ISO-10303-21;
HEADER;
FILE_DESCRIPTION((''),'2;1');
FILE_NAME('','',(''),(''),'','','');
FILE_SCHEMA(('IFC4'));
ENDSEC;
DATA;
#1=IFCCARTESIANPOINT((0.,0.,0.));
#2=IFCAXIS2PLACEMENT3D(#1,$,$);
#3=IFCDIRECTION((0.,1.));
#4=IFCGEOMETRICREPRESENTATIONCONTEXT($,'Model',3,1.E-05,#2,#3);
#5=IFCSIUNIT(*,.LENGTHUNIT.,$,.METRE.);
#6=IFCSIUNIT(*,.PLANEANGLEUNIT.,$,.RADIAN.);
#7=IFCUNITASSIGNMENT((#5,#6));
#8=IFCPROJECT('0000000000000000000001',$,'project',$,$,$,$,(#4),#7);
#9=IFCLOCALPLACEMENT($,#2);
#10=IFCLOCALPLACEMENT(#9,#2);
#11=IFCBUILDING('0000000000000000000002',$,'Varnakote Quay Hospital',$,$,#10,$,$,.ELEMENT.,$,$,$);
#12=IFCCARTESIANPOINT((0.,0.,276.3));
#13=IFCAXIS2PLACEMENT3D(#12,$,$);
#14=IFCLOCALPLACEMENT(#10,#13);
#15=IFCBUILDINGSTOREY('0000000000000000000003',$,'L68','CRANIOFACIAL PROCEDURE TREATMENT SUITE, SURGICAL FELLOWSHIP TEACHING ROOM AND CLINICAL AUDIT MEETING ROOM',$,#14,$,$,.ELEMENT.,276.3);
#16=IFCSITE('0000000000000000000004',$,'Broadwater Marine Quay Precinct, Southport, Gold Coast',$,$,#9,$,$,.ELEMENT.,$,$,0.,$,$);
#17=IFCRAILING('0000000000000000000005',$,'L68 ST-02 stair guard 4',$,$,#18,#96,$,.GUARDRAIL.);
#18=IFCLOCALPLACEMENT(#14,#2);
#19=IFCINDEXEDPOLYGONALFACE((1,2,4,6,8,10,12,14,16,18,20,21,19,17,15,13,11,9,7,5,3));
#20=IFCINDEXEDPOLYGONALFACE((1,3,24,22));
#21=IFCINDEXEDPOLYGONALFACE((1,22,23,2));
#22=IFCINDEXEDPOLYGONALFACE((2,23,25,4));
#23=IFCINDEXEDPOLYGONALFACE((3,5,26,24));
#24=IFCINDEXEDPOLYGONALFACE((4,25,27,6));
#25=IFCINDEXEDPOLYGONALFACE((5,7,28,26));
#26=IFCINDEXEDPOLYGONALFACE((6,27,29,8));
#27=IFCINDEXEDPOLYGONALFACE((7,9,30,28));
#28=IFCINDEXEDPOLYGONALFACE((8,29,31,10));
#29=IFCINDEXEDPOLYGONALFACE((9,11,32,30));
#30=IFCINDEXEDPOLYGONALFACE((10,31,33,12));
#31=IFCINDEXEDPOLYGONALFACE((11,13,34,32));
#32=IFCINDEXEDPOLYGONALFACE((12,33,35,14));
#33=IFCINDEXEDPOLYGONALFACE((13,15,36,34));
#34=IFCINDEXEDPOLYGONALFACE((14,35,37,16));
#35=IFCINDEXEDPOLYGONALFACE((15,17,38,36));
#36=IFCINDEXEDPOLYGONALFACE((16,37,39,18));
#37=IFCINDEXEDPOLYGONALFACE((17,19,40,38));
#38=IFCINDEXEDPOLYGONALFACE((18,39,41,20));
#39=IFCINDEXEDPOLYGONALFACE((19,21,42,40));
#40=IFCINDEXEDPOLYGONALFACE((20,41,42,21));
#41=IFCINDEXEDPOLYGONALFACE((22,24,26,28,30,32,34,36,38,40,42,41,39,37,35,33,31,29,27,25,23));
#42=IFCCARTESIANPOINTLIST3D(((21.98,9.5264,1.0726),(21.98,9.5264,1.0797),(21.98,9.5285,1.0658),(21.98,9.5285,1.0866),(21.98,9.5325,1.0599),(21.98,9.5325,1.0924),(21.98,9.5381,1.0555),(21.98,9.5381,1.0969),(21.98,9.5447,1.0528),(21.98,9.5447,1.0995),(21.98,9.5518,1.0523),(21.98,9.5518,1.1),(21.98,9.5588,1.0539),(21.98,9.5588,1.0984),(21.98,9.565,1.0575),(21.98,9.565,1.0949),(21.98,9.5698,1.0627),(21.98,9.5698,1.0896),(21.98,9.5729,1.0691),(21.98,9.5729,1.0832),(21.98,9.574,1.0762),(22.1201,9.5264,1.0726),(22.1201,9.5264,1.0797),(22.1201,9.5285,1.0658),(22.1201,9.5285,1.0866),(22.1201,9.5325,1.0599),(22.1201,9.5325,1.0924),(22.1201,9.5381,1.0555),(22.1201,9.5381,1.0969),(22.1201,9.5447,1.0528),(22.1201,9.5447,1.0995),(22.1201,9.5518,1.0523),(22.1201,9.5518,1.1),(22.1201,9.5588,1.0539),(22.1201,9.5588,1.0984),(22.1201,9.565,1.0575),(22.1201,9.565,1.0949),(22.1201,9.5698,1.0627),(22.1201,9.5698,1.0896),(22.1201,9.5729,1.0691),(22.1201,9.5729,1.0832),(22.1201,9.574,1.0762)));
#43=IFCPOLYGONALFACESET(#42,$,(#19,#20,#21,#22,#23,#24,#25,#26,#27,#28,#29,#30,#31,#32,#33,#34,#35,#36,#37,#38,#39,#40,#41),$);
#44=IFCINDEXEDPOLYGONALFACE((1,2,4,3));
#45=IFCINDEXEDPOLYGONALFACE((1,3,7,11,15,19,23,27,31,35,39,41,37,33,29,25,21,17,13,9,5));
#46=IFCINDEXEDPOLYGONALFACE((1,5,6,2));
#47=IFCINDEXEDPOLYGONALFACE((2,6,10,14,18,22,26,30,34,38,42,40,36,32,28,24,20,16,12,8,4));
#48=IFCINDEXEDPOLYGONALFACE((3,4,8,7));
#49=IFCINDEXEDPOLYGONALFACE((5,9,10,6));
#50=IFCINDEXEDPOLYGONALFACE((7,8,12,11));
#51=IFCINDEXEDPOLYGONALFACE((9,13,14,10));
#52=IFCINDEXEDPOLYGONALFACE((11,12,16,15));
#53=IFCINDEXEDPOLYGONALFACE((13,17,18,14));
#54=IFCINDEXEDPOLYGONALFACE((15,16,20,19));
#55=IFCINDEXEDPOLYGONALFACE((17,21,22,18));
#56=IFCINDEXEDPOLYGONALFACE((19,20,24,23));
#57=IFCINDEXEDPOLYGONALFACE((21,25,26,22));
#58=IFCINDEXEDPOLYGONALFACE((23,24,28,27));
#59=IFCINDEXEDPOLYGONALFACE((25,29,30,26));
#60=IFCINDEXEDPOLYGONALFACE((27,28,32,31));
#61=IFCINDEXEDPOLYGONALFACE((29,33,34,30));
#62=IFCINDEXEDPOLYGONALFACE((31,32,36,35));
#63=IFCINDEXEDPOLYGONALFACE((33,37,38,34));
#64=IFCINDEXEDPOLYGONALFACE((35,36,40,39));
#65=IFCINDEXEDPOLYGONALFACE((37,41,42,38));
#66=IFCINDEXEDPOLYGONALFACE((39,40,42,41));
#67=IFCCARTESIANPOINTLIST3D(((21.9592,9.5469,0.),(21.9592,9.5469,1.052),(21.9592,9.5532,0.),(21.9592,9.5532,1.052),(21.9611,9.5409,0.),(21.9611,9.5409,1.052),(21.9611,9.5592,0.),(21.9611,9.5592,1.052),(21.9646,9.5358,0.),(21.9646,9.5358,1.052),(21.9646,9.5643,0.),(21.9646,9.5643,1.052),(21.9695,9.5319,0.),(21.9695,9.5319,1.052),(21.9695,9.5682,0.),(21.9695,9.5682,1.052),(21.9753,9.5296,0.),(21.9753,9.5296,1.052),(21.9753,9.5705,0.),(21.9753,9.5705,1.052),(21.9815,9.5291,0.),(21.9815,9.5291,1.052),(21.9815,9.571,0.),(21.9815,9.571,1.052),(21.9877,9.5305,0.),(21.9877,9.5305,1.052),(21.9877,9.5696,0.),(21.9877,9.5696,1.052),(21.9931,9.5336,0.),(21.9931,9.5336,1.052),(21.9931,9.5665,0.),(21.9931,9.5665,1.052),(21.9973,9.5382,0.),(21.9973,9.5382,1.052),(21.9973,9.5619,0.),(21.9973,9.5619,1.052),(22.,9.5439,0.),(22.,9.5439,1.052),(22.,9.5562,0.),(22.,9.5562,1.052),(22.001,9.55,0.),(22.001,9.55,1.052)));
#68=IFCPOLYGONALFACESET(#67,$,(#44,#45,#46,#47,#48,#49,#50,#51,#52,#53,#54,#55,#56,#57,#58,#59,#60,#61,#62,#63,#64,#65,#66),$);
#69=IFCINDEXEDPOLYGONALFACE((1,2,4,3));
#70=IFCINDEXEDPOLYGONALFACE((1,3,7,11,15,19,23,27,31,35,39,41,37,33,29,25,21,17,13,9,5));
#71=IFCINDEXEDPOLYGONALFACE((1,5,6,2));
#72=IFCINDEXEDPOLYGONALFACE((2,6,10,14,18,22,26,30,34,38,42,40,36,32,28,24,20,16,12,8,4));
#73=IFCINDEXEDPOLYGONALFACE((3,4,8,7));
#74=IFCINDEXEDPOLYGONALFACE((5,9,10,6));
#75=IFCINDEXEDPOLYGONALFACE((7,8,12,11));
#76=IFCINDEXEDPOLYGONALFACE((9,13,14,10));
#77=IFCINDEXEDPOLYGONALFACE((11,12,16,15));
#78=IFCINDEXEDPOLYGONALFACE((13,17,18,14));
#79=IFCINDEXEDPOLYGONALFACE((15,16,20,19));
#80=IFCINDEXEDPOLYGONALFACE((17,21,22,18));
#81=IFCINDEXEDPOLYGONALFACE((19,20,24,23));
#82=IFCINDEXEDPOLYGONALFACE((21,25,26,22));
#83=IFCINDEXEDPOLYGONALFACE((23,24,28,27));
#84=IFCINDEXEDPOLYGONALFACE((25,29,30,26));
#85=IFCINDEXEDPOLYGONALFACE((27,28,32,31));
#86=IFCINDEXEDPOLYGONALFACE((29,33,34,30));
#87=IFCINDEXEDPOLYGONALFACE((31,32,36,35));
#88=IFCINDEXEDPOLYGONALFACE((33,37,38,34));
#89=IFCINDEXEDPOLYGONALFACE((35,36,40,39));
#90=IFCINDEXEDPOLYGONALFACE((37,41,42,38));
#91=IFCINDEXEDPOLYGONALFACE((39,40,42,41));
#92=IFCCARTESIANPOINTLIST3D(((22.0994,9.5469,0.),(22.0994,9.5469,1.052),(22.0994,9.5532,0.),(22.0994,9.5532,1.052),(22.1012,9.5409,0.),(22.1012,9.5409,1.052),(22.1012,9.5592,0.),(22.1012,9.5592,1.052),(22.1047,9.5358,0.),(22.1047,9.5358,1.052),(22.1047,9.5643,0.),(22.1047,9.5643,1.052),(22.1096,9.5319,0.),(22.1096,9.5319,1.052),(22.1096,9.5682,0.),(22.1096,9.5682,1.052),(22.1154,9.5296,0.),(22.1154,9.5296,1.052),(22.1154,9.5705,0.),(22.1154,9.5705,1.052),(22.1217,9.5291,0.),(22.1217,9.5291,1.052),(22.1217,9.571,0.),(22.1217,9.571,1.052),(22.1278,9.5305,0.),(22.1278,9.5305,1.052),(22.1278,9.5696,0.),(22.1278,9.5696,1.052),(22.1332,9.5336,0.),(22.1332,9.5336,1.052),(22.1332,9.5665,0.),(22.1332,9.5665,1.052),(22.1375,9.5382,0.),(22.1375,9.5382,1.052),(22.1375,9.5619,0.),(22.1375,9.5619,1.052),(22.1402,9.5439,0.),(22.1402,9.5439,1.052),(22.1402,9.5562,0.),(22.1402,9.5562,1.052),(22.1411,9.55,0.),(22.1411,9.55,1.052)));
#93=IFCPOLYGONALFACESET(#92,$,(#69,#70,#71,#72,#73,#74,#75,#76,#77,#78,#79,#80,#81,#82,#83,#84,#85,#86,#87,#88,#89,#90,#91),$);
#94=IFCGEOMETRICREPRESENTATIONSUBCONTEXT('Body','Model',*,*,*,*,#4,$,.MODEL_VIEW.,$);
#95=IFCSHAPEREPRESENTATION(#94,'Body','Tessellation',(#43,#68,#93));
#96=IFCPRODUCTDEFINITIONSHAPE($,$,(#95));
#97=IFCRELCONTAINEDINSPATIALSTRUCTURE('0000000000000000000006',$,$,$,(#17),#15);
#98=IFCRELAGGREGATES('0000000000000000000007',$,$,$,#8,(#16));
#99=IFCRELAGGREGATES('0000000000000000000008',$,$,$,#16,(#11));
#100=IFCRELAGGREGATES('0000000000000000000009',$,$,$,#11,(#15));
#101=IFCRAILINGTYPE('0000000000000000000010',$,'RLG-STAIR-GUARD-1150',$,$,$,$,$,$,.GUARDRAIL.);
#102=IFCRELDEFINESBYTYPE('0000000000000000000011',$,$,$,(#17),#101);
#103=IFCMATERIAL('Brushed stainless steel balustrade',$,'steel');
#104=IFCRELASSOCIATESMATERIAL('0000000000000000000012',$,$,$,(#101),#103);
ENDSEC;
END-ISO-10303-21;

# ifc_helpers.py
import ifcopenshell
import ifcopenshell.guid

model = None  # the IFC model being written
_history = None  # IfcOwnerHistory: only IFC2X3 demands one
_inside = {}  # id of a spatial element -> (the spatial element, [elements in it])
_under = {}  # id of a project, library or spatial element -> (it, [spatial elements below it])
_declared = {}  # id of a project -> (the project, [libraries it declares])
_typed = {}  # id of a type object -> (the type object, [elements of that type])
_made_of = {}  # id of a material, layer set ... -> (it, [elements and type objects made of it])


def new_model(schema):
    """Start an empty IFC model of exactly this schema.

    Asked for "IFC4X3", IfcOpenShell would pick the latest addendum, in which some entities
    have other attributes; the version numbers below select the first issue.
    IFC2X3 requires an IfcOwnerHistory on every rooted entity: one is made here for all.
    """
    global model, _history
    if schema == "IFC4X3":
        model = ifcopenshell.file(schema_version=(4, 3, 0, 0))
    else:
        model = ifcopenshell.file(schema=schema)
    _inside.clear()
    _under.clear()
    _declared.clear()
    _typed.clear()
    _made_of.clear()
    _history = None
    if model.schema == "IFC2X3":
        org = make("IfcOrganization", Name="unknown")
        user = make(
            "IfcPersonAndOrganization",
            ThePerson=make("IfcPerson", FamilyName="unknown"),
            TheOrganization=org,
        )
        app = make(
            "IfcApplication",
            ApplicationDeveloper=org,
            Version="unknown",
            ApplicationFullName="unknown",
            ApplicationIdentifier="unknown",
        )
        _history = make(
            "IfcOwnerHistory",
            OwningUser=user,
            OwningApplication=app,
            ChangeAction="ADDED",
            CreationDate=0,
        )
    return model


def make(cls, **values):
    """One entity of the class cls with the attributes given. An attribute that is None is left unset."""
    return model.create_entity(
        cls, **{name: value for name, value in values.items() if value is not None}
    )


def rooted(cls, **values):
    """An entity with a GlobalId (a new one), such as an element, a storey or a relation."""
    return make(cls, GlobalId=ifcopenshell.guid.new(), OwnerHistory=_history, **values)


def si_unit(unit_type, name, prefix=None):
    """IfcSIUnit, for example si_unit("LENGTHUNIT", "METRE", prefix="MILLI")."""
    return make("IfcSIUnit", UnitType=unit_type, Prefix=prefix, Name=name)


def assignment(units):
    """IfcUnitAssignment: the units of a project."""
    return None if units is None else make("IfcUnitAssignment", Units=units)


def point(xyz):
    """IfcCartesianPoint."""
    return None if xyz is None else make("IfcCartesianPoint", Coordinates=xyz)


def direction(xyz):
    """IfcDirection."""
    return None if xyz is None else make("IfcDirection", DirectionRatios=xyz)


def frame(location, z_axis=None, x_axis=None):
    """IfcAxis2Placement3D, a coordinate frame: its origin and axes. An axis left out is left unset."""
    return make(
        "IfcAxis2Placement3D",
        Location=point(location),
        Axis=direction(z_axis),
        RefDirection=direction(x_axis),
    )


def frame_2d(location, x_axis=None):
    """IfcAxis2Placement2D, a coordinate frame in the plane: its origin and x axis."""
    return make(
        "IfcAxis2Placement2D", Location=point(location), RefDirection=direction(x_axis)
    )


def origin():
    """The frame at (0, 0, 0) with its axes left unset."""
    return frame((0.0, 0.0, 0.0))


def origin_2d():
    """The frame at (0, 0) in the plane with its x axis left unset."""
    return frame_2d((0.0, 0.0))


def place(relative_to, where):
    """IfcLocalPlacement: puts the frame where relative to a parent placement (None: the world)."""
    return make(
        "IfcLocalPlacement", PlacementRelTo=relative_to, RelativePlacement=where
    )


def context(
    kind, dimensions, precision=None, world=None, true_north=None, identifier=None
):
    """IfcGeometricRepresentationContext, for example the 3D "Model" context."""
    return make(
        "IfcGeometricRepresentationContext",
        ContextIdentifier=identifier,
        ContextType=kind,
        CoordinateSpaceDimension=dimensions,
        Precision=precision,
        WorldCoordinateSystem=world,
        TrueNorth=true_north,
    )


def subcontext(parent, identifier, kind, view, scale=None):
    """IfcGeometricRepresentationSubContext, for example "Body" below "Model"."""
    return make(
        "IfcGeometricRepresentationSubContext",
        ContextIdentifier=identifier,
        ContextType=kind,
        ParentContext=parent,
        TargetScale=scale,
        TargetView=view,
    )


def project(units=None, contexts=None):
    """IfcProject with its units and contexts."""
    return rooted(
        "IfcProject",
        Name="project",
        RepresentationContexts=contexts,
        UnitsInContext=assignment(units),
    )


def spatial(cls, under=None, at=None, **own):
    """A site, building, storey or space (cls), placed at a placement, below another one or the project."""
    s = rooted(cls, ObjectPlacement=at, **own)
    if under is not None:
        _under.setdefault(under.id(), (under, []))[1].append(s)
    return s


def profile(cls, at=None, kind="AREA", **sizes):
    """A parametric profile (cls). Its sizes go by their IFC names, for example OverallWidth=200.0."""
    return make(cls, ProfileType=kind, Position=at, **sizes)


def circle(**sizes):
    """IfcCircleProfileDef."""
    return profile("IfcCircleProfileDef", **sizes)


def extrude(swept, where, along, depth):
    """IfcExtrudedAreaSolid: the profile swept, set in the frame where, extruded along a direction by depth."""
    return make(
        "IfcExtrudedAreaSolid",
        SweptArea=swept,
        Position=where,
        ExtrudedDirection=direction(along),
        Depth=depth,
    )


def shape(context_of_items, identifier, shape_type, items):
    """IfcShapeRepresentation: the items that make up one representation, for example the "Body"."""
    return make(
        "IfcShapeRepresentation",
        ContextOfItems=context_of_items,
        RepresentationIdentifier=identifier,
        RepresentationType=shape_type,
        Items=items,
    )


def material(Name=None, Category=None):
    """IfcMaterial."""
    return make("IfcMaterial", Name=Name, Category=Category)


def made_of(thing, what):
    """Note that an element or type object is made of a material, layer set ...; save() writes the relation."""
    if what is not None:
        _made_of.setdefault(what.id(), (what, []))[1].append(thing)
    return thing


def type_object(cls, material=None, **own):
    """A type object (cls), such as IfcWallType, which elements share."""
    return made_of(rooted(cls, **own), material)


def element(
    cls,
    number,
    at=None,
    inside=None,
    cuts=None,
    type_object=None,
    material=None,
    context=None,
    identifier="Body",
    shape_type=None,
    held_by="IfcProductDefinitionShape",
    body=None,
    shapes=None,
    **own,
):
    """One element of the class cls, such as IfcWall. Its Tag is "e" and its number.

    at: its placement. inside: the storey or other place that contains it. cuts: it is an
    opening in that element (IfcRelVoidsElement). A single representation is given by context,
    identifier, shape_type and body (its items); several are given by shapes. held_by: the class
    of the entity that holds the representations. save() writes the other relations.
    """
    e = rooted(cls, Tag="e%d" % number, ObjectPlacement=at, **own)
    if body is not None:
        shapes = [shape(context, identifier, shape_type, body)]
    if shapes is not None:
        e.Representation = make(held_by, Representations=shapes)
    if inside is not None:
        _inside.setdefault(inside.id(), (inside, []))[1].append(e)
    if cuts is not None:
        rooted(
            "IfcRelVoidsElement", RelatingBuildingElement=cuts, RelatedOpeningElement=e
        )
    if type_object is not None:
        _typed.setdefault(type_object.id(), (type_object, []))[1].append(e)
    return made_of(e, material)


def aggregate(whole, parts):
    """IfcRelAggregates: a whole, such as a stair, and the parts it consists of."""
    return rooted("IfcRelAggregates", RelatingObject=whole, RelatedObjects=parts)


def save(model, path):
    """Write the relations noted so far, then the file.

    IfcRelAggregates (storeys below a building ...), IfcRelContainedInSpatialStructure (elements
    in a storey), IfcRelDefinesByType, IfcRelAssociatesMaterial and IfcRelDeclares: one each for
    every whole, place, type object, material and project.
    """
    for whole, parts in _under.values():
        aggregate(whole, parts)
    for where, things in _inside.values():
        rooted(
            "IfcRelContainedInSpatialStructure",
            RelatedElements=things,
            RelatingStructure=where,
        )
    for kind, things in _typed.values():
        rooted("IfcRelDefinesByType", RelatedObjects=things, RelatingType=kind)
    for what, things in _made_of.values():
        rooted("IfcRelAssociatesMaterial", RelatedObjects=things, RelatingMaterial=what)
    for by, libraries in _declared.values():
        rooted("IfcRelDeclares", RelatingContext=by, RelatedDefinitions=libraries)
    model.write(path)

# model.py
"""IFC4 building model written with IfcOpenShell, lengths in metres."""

from ifc_helpers import new_model, si_unit, direction, frame, origin, origin_2d, place, context, subcontext, project, spatial, circle, extrude, material, type_object, element, save


model = new_model("IFC4")

# Units and contexts
model_context = context("Model", 3, precision=1e-05, world=origin(), true_north=direction((0.0, 1.0)))
body_context = subcontext(model_context, "Body", "Model", "MODEL_VIEW")
ifc_project = project(units=[si_unit("LENGTHUNIT", "METRE"), si_unit("PLANEANGLEUNIT", "RADIAN")], contexts=[model_context])

# Site, building, storey
site_placement = place(None, origin())
site = spatial("IfcSite", under=ifc_project, at=site_placement, Name="Broadwater Marine Quay Precinct, Southport, Gold Coast", CompositionType="ELEMENT", RefElevation=0.0)
building_placement = place(site_placement, origin())
building = spatial("IfcBuilding", under=site, at=building_placement, Name="Varnakote Quay Hospital", CompositionType="ELEMENT")
storey_placement = place(building_placement, frame((0.0, 0.0, 276.3)))
storey = spatial("IfcBuildingStorey", under=building, at=storey_placement, Name="L68", Description="CRANIOFACIAL PROCEDURE TREATMENT SUITE, SURGICAL FELLOWSHIP TEACHING ROOM AND CLINICAL AUDIT MEETING ROOM", CompositionType="ELEMENT", Elevation=276.3)

# Railing
ifc_material_1 = material(Name="Brushed stainless steel balustrade", Category="steel")
railing_type_1 = type_object("IfcRailingType", Name="RLG-STAIR-GUARD-1150", PredefinedType="GUARDRAIL", material=ifc_material_1)
railing_1_placement = place(storey_placement, frame((21.98, 9.55, 0.0)))
element("IfcRailing", 1, at=railing_1_placement, inside=storey, type_object=railing_type_1, Name="L68 ST-02 stair guard 4", PredefinedType="GUARDRAIL", context=body_context, shape_type="SweptSolid", body=[
    extrude(circle(Radius=0.0239, at=origin_2d()), frame((0.0, 0.0, 1.0762), z_axis=(1.0, 0.0, 0.0), x_axis=(0.0, 1.0, 0.0)), (0.0, 0.0, 1.0), 0.1401),
    extrude(circle(Radius=0.021, at=origin_2d()), origin(), (0.0, 0.0, 1.0), 1.052),
    extrude(circle(Radius=0.021, at=origin_2d()), frame((0.1401, 0.0, 0.0)), (0.0, 0.0, 1.0), 1.052),
])

save(model, "model.ifc")
